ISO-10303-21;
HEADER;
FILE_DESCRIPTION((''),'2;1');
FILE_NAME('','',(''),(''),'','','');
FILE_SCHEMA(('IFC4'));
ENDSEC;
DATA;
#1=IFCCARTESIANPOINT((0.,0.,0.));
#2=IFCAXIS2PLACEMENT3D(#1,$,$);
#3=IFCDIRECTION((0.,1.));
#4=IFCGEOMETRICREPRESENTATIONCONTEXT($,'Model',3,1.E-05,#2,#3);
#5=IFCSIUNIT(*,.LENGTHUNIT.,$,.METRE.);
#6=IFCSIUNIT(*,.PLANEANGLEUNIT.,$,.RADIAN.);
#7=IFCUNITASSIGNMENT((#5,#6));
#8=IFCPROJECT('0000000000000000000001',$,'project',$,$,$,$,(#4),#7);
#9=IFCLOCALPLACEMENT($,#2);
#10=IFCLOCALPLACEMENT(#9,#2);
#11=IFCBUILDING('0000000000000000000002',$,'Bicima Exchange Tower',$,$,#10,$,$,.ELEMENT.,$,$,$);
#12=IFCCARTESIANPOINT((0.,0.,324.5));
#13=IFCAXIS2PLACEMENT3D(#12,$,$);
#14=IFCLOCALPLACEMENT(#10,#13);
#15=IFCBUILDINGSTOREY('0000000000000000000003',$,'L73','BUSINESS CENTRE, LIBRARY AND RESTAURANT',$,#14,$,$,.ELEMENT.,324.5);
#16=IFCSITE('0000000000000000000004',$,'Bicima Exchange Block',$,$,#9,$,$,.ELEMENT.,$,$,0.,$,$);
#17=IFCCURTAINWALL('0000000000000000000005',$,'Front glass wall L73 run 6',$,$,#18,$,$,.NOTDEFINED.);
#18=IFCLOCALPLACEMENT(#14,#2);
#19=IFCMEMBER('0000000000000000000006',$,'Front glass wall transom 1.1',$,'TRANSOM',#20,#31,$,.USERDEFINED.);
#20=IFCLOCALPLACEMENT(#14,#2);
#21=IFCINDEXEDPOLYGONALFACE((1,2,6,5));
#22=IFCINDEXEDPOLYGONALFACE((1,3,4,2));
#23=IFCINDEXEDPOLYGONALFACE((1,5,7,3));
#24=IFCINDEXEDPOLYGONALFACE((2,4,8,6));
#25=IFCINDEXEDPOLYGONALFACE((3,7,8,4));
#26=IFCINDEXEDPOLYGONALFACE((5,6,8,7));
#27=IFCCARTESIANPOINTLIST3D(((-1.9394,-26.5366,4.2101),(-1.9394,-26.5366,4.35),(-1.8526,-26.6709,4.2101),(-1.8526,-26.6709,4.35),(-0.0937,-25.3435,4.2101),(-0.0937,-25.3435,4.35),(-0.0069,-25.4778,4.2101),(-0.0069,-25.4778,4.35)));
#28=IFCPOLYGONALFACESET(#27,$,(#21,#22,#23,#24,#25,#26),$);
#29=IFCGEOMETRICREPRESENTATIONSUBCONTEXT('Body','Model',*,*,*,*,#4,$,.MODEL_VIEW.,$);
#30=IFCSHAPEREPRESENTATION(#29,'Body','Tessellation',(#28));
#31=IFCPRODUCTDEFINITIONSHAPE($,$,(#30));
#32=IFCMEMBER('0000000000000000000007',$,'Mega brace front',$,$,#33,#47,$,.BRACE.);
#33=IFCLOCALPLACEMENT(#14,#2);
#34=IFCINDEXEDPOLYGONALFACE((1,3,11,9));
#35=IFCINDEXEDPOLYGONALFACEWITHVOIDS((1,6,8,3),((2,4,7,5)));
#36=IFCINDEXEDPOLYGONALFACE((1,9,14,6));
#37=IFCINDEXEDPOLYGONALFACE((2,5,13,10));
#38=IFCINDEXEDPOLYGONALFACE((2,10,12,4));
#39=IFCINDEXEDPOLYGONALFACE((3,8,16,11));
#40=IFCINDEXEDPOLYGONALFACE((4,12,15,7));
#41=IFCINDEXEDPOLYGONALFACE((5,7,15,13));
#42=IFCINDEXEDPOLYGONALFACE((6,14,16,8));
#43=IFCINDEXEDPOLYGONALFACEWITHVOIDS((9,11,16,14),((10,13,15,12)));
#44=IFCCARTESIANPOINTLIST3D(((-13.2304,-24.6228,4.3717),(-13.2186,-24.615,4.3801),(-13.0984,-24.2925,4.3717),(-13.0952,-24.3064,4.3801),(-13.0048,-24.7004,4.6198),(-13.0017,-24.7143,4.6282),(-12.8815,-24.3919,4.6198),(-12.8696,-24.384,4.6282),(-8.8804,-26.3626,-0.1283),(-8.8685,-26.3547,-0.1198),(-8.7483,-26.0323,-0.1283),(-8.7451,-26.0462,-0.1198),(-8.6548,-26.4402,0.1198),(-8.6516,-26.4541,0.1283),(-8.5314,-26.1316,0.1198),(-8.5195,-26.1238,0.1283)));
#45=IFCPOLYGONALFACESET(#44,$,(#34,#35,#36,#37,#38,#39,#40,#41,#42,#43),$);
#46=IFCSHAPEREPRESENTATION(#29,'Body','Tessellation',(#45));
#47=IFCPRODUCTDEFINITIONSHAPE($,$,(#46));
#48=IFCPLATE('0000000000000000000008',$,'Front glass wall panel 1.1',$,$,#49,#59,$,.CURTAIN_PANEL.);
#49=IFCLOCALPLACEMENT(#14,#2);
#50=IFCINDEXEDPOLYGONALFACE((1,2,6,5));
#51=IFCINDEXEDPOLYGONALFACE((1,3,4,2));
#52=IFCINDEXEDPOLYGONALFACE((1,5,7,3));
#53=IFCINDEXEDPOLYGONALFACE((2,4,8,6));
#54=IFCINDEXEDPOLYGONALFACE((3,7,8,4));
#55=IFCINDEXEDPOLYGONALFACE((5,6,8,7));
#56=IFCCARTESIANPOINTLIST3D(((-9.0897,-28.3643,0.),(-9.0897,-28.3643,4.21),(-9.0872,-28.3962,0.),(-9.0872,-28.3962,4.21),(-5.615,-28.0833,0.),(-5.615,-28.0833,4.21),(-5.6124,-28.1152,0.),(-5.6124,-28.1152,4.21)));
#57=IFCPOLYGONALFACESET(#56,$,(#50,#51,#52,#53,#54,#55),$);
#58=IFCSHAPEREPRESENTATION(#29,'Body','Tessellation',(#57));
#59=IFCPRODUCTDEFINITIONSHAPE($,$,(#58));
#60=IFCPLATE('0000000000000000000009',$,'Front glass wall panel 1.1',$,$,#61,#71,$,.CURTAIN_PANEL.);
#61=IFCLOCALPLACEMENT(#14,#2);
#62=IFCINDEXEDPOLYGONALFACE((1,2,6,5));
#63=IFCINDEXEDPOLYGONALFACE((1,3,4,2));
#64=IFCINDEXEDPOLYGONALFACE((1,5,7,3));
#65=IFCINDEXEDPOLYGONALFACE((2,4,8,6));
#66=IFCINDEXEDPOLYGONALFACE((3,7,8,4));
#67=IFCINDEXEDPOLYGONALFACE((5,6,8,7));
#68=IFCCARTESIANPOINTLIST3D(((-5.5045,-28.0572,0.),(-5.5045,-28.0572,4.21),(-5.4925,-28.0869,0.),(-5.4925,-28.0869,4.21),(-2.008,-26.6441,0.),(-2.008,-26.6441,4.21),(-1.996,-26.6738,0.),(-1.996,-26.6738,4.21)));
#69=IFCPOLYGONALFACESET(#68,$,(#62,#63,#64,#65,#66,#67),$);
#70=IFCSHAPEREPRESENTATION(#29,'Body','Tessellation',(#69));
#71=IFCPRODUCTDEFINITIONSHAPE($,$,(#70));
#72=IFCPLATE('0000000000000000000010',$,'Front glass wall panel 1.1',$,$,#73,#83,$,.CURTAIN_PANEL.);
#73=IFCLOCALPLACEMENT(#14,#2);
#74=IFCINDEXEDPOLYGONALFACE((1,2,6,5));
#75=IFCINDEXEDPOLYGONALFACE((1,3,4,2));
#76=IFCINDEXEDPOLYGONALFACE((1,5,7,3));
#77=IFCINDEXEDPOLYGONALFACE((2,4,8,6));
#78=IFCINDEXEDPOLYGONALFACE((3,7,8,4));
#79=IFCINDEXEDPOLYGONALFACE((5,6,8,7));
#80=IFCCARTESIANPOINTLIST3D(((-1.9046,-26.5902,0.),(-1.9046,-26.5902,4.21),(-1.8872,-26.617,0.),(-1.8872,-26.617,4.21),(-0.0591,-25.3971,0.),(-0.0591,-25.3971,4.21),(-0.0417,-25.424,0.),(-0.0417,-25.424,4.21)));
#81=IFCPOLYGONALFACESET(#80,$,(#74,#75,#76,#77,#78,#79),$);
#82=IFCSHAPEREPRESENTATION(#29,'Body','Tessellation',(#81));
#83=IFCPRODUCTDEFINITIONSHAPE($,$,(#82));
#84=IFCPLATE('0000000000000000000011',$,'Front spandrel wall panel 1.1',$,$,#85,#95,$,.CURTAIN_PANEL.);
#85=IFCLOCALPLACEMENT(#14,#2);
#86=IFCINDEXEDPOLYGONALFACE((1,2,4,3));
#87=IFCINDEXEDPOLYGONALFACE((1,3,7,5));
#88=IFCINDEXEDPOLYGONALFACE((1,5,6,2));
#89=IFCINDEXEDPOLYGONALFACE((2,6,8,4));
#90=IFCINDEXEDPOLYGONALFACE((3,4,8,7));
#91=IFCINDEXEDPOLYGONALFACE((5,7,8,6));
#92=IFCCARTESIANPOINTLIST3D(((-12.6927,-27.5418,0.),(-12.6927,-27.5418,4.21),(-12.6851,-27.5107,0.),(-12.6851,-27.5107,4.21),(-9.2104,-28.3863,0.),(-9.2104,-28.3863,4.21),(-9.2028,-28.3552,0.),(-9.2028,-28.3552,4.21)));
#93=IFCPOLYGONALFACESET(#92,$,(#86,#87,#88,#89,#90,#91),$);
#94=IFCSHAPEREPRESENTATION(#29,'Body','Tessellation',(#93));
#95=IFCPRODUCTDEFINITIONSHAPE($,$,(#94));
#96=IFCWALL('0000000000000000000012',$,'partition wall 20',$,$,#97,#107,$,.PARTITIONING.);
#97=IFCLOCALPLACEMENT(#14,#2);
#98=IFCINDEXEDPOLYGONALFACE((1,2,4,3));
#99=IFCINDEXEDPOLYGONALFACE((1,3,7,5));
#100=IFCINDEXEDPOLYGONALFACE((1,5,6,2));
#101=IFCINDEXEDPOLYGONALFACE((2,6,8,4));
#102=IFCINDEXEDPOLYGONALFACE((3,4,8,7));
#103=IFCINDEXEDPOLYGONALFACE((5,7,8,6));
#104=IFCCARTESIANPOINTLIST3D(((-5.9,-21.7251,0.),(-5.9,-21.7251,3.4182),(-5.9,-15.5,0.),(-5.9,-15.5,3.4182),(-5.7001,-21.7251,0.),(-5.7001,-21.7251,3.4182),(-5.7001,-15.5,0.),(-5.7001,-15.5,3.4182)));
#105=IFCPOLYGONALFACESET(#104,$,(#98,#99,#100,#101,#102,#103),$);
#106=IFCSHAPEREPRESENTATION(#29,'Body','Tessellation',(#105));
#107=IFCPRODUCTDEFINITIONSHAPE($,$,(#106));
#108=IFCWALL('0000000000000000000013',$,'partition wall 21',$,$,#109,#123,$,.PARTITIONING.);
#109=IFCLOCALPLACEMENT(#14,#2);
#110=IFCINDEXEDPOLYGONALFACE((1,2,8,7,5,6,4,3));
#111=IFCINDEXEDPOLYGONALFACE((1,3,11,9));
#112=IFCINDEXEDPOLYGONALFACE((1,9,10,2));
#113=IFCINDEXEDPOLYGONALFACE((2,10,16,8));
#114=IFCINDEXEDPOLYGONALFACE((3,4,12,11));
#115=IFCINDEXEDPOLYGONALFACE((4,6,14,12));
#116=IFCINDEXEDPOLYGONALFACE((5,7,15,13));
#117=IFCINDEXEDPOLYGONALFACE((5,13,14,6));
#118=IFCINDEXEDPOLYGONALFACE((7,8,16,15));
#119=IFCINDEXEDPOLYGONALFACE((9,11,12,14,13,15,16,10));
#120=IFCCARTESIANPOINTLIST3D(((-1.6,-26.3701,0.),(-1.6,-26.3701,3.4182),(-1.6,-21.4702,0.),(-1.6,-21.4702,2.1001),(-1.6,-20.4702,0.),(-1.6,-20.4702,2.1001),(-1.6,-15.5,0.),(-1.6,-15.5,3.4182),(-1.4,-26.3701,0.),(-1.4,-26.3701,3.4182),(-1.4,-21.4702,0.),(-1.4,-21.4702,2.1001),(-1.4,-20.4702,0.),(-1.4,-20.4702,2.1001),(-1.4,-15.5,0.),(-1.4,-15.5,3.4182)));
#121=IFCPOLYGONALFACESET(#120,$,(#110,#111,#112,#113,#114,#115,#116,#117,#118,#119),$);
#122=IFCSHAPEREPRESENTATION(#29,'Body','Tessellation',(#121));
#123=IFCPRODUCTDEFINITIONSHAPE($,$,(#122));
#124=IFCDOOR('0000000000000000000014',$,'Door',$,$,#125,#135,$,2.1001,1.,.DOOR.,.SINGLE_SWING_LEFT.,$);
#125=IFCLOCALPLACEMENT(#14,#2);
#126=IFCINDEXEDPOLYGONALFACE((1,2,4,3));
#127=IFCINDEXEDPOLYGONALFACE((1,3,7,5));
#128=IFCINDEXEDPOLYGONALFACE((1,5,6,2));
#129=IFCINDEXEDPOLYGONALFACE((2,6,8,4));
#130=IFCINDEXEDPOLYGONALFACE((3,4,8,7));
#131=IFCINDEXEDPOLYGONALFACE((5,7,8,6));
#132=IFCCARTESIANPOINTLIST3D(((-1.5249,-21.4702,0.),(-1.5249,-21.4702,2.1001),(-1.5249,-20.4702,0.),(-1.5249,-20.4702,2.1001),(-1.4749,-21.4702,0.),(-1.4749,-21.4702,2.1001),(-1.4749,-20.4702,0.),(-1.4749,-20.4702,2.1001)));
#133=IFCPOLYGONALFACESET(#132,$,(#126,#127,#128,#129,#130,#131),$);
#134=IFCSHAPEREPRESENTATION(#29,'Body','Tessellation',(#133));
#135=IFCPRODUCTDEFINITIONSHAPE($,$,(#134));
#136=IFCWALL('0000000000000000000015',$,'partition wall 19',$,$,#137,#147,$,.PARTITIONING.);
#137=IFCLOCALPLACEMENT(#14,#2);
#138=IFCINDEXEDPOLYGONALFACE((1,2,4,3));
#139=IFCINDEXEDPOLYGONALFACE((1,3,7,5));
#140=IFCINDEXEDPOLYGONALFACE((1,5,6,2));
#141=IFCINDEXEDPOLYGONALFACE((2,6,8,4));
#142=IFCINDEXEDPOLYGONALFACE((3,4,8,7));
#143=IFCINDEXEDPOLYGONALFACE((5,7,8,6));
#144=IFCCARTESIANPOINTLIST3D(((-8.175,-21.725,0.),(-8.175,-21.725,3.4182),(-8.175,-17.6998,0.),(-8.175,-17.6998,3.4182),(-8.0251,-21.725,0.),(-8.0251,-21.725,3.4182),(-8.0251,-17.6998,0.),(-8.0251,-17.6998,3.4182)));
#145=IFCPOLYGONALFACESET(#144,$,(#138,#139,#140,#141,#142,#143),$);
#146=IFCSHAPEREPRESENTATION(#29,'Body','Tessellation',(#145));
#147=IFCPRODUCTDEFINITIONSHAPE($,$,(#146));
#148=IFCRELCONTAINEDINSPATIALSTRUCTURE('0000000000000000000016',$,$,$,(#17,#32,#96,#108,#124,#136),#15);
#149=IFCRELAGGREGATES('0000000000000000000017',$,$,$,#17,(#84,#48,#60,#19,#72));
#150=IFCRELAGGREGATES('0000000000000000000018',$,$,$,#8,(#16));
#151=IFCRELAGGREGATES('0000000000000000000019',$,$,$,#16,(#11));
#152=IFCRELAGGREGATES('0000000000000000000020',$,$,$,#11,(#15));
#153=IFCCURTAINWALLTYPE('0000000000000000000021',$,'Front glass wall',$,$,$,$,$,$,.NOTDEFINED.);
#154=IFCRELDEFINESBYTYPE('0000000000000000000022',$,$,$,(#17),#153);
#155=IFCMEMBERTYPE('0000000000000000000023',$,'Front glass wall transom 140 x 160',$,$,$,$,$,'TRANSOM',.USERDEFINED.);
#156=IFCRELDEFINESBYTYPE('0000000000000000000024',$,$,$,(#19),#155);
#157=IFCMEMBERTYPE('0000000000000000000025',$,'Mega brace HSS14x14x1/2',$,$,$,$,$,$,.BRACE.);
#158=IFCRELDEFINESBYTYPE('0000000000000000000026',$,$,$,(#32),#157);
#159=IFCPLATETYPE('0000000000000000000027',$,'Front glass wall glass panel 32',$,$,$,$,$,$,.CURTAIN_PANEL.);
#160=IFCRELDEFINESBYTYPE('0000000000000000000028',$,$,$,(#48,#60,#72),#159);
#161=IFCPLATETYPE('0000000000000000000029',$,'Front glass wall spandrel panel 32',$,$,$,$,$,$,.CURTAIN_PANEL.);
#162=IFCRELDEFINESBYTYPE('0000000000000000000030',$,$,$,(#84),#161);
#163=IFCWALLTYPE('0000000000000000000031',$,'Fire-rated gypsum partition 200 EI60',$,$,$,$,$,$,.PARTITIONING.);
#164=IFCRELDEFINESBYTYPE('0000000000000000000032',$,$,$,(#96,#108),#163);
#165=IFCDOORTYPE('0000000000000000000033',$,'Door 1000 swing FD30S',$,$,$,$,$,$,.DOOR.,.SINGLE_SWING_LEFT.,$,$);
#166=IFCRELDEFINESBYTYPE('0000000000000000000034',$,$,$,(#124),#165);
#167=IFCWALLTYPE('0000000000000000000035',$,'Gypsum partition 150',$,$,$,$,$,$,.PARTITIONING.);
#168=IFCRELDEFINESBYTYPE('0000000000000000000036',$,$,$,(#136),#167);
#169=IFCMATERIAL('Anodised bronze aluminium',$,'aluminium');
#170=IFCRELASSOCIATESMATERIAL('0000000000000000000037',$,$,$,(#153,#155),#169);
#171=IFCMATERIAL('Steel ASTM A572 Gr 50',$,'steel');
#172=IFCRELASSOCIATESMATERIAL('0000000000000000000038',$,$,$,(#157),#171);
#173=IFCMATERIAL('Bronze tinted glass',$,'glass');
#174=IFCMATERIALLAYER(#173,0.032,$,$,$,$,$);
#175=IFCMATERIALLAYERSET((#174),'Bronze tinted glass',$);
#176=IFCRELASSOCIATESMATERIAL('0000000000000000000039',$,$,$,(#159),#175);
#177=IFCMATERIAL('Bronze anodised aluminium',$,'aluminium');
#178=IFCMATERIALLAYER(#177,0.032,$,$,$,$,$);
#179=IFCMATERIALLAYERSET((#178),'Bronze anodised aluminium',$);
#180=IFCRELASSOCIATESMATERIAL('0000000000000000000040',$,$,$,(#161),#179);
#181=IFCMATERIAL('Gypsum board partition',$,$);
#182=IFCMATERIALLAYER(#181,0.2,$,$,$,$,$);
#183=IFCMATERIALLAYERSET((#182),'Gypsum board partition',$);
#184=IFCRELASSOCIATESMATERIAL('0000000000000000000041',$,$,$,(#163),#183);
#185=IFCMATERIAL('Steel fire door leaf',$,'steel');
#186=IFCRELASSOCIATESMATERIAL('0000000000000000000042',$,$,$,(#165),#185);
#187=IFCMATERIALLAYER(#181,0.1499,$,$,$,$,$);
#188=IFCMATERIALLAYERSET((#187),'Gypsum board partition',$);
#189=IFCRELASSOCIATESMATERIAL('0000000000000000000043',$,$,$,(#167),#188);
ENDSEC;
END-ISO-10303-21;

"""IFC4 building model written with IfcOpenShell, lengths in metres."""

from ifc_helpers import new_model, si_unit, direction, frame, frame_2d, origin, origin_2d, place, context, subcontext, project, spatial, rectangle, hollow_rectangle, extrude, material, layer, layer_set, material_profile, profile_set, type_object, element, fill, aggregate, save


model = new_model("IFC4")

# Units and contexts
model_context = context("Model", 3, precision=1e-05, world=origin(), true_north=direction((0.0, 1.0)))
body_context = subcontext(model_context, "Body", "Model", "MODEL_VIEW")
ifc_project = project(units=[si_unit("LENGTHUNIT", "METRE"), si_unit("PLANEANGLEUNIT", "RADIAN")], contexts=[model_context])

# Site, building, storey
site_placement = place(None, origin())
site = spatial("IfcSite", under=ifc_project, at=site_placement, Name="Bicima Exchange Block", CompositionType="ELEMENT", RefElevation=0.0)
building_placement = place(site_placement, origin())
building = spatial("IfcBuilding", under=site, at=building_placement, Name="Bicima Exchange Tower", CompositionType="ELEMENT")
storey_placement = place(building_placement, frame((0.0, 0.0, 324.5)))
storey = spatial("IfcBuildingStorey", under=building, at=storey_placement, Name="L73", Description="BUSINESS CENTRE, LIBRARY AND RESTAURANT", CompositionType="ELEMENT", Elevation=324.5)

# Curtain wall, member
ifc_material_1 = material(Name="Anodised bronze aluminium", Category="aluminium")
curtain_wall_type = type_object("IfcCurtainWallType", Name="Front glass wall", PredefinedType="NOTDEFINED", material=ifc_material_1)
curtain_wall_placement = place(storey_placement, origin())
curtain_wall = element("IfcCurtainWall", 1, at=curtain_wall_placement, inside=storey, type_object=curtain_wall_type, Name="Front glass wall L73 run 6", PredefinedType="NOTDEFINED")
ifc_material_profile_1 = material_profile(ifc_material_1, rectangle(XDim=0.1599, YDim=0.1399, at=origin_2d()))
ifc_profile_set_1 = profile_set([ifc_material_profile_1], Name="Anodised bronze aluminium")
member_type_1 = type_object("IfcMemberType", Name="Front glass wall transom 140 x 160", ElementType="TRANSOM", PredefinedType="USERDEFINED", material=ifc_profile_set_1)
member_1_placement = place(storey_placement, frame((-1.896, -26.6038, 4.28), z_axis=(0.839811, 0.542878, 0.0), x_axis=(-0.542878, 0.839811, 0.0)))
member_1 = element("IfcMember", 2, at=member_1_placement, type_object=member_type_1, Name="Front glass wall transom 1.1", ObjectType="TRANSOM", PredefinedType="USERDEFINED", context=body_context, shape_type="SweptSolid", body=[
    extrude(rectangle(XDim=0.1599, YDim=0.1399, at=origin_2d()), origin(), (0.0, 0.0, 1.0), 2.1978),
])

# Member
ifc_material_2 = material(Name="Steel ASTM A572 Gr 50", Category="steel")
ifc_material_profile_2 = material_profile(ifc_material_2, hollow_rectangle(XDim=0.3557, YDim=0.3557, WallThickness=0.0117, at=origin_2d()))
ifc_profile_set_2 = profile_set([ifc_material_profile_2], Name="Steel ASTM A572 Gr 50")
member_type_2 = type_object("IfcMemberType", Name="Mega brace HSS14x14x1/2", PredefinedType="BRACE", material=ifc_profile_set_2)
member_2_placement = place(storey_placement, frame((-8.7, -26.2432, 0.0), z_axis=(-0.669642, 0.267812, 0.692717), x_axis=(-0.371337, -0.928498, 0.0)))
element("IfcMember", 3, at=member_2_placement, inside=storey, type_object=member_type_2, Name="Mega brace front", PredefinedType="BRACE", context=body_context, shape_type="SweptSolid", body=[
    extrude(hollow_rectangle(XDim=0.3557, YDim=0.3557, WallThickness=0.0117, at=origin_2d()), origin(), (0.0, 0.0, 1.0), 6.4961),
])

# Plates
ifc_material_3 = material(Name="Bronze tinted glass", Category="glass")
ifc_layer_1 = layer(ifc_material_3, 0.032)
ifc_layer_set_1 = layer_set([ifc_layer_1], Name="Bronze tinted glass")
plate_type_1 = type_object("IfcPlateType", Name="Front glass wall glass panel 32", PredefinedType="CURTAIN_PANEL", material=ifc_layer_set_1)
plate_1_placement = place(storey_placement, frame((-7.3511, -28.2397, 0.0), z_axis=(0.0, 0.0, 1.0), x_axis=(0.996747, 0.080589, 0.0)))
plate_1 = element("IfcPlate", 4, at=plate_1_placement, type_object=plate_type_1, Name="Front glass wall panel 1.1", PredefinedType="CURTAIN_PANEL", context=body_context, shape_type="SweptSolid", body=[
    extrude(rectangle(XDim=3.4861, YDim=0.032, at=origin_2d()), origin(), (0.0, 0.0, 1.0), 4.21),
])
plate_2_placement = place(storey_placement, frame((-3.7502, -27.3655, 0.0), z_axis=(0.0, 0.0, 1.0), x_axis=(0.927144, 0.374705, 0.0)))
plate_2 = element("IfcPlate", 5, at=plate_2_placement, type_object=plate_type_1, Name="Front glass wall panel 1.1", PredefinedType="CURTAIN_PANEL", context=body_context, shape_type="SweptSolid", body=[
    extrude(rectangle(XDim=3.7712, YDim=0.032, at=origin_2d()), origin(), (0.0, 0.0, 1.0), 4.21),
])
plate_3_placement = place(storey_placement, frame((-0.9731, -26.0071, 0.0), z_axis=(0.0, 0.0, 1.0), x_axis=(0.839799, 0.542897, 0.0)))
plate_3 = element("IfcPlate", 6, at=plate_3_placement, type_object=plate_type_1, Name="Front glass wall panel 1.1", PredefinedType="CURTAIN_PANEL", context=body_context, shape_type="SweptSolid", body=[
    extrude(rectangle(XDim=2.1975, YDim=0.032, at=origin_2d()), origin(), (0.0, 0.0, 1.0), 4.21),
])
ifc_material_4 = material(Name="Bronze anodised aluminium", Category="aluminium")
ifc_layer_2 = layer(ifc_material_4, 0.032)
ifc_layer_set_2 = layer_set([ifc_layer_2], Name="Bronze anodised aluminium")
plate_type_2 = type_object("IfcPlateType", Name="Front glass wall spandrel panel 32", PredefinedType="CURTAIN_PANEL", material=ifc_layer_set_2)
plate_4_placement = place(storey_placement, frame((-10.9478, -27.9485, 0.0), z_axis=(0.0, 0.0, 1.0), x_axis=(0.97183, -0.235682, 0.0)))
plate_4 = element("IfcPlate", 7, at=plate_4_placement, type_object=plate_type_2, Name="Front spandrel wall panel 1.1", PredefinedType="CURTAIN_PANEL", context=body_context, shape_type="SweptSolid", body=[
    extrude(rectangle(XDim=3.5833, YDim=0.032, at=origin_2d()), origin(), (0.0, 0.0, 1.0), 4.21),
])
aggregate(curtain_wall, [plate_4, plate_1, plate_2, member_1, plate_3])

# Wall
ifc_material_5 = material(Name="Gypsum board partition")
ifc_layer_3 = layer(ifc_material_5, 0.2)
ifc_layer_set_3 = layer_set([ifc_layer_3], Name="Gypsum board partition")
wall_type_1 = type_object("IfcWallType", Name="Fire-rated gypsum partition 200 EI60", PredefinedType="PARTITIONING", material=ifc_layer_set_3)
wall_1_placement = place(storey_placement, frame((-5.8, -21.7251, 0.0), z_axis=(0.0, 0.0, 1.0), x_axis=(0.0, 1.0, 0.0)))
element("IfcWall", 8, at=wall_1_placement, inside=storey, type_object=wall_type_1, Name="partition wall 20", PredefinedType="PARTITIONING", context=body_context, shape_type="SweptSolid", body=[
    extrude(rectangle(XDim=6.2251, YDim=0.2, at=frame_2d((3.1125, 0.0))), origin(), (0.0, 0.0, 1.0), 3.4182),
])

# Wall, opening, door
wall_2_placement = place(storey_placement, frame((-1.5, -26.3701, 0.0), z_axis=(0.0, 0.0, 1.0), x_axis=(0.0, 1.0, 0.0)))
wall_2 = element("IfcWall", 9, at=wall_2_placement, inside=storey, type_object=wall_type_1, Name="partition wall 21", PredefinedType="PARTITIONING", context=body_context, shape_type="SweptSolid", body=[
    extrude(rectangle(XDim=10.8701, YDim=0.2, at=frame_2d((5.4351, 0.0))), origin(), (0.0, 0.0, 1.0), 3.4182),
])
opening_placement = place(wall_2_placement, frame((4.8999, 0.0, 0.0)))
opening = element("IfcOpeningElement", 10, at=opening_placement, cuts=wall_2, PredefinedType="OPENING", context=body_context, shape_type="SweptSolid", body=[
    extrude(rectangle(XDim=1.0, YDim=2.1001, at=frame_2d((0.5, 1.05))), frame((0.0, 0.1118, 0.0), z_axis=(0.0, -1.0, 0.0), x_axis=(1.0, 0.0, 0.0)), (0.0, 0.0, 1.0), 0.2239),
])
ifc_material_6 = material(Name="Steel fire door leaf", Category="steel")
door_type = type_object("IfcDoorType", Name="Door 1000 swing FD30S", OperationType="SINGLE_SWING_LEFT", PredefinedType="DOOR", material=ifc_material_6)
door_placement = place(opening_placement, origin())
door = element("IfcDoor", 11, at=door_placement, inside=storey, type_object=door_type, Name="Door", OperationType="SINGLE_SWING_LEFT", OverallHeight=2.1001, OverallWidth=1.0, PredefinedType="DOOR", context=body_context, shape_type="SweptSolid", body=[
    extrude(rectangle(XDim=1.0, YDim=2.1001, at=frame_2d((0.5, 1.05))), frame((0.0, 0.0249, 0.0), z_axis=(0.0, -1.0, 0.0), x_axis=(1.0, 0.0, 0.0)), (0.0, 0.0, 1.0), 0.05),
])
fill(opening, door)

# Wall
ifc_layer_4 = layer(ifc_material_5, 0.1499)
ifc_layer_set_4 = layer_set([ifc_layer_4], Name="Gypsum board partition")
wall_type_2 = type_object("IfcWallType", Name="Gypsum partition 150", PredefinedType="PARTITIONING", material=ifc_layer_set_4)
wall_3_placement = place(storey_placement, frame((-8.1001, -21.7251, 0.0), z_axis=(0.0, 0.0, 1.0), x_axis=(0.0, 1.0, 0.0)))
element("IfcWall", 12, at=wall_3_placement, inside=storey, type_object=wall_type_2, Name="partition wall 19", PredefinedType="PARTITIONING", context=body_context, shape_type="SweptSolid", body=[
    extrude(rectangle(XDim=4.0251, YDim=0.1499, at=frame_2d((2.0127, 0.0))), origin(), (0.0, 0.0, 1.0), 3.4182),
])

save(model, "model.ifc")
